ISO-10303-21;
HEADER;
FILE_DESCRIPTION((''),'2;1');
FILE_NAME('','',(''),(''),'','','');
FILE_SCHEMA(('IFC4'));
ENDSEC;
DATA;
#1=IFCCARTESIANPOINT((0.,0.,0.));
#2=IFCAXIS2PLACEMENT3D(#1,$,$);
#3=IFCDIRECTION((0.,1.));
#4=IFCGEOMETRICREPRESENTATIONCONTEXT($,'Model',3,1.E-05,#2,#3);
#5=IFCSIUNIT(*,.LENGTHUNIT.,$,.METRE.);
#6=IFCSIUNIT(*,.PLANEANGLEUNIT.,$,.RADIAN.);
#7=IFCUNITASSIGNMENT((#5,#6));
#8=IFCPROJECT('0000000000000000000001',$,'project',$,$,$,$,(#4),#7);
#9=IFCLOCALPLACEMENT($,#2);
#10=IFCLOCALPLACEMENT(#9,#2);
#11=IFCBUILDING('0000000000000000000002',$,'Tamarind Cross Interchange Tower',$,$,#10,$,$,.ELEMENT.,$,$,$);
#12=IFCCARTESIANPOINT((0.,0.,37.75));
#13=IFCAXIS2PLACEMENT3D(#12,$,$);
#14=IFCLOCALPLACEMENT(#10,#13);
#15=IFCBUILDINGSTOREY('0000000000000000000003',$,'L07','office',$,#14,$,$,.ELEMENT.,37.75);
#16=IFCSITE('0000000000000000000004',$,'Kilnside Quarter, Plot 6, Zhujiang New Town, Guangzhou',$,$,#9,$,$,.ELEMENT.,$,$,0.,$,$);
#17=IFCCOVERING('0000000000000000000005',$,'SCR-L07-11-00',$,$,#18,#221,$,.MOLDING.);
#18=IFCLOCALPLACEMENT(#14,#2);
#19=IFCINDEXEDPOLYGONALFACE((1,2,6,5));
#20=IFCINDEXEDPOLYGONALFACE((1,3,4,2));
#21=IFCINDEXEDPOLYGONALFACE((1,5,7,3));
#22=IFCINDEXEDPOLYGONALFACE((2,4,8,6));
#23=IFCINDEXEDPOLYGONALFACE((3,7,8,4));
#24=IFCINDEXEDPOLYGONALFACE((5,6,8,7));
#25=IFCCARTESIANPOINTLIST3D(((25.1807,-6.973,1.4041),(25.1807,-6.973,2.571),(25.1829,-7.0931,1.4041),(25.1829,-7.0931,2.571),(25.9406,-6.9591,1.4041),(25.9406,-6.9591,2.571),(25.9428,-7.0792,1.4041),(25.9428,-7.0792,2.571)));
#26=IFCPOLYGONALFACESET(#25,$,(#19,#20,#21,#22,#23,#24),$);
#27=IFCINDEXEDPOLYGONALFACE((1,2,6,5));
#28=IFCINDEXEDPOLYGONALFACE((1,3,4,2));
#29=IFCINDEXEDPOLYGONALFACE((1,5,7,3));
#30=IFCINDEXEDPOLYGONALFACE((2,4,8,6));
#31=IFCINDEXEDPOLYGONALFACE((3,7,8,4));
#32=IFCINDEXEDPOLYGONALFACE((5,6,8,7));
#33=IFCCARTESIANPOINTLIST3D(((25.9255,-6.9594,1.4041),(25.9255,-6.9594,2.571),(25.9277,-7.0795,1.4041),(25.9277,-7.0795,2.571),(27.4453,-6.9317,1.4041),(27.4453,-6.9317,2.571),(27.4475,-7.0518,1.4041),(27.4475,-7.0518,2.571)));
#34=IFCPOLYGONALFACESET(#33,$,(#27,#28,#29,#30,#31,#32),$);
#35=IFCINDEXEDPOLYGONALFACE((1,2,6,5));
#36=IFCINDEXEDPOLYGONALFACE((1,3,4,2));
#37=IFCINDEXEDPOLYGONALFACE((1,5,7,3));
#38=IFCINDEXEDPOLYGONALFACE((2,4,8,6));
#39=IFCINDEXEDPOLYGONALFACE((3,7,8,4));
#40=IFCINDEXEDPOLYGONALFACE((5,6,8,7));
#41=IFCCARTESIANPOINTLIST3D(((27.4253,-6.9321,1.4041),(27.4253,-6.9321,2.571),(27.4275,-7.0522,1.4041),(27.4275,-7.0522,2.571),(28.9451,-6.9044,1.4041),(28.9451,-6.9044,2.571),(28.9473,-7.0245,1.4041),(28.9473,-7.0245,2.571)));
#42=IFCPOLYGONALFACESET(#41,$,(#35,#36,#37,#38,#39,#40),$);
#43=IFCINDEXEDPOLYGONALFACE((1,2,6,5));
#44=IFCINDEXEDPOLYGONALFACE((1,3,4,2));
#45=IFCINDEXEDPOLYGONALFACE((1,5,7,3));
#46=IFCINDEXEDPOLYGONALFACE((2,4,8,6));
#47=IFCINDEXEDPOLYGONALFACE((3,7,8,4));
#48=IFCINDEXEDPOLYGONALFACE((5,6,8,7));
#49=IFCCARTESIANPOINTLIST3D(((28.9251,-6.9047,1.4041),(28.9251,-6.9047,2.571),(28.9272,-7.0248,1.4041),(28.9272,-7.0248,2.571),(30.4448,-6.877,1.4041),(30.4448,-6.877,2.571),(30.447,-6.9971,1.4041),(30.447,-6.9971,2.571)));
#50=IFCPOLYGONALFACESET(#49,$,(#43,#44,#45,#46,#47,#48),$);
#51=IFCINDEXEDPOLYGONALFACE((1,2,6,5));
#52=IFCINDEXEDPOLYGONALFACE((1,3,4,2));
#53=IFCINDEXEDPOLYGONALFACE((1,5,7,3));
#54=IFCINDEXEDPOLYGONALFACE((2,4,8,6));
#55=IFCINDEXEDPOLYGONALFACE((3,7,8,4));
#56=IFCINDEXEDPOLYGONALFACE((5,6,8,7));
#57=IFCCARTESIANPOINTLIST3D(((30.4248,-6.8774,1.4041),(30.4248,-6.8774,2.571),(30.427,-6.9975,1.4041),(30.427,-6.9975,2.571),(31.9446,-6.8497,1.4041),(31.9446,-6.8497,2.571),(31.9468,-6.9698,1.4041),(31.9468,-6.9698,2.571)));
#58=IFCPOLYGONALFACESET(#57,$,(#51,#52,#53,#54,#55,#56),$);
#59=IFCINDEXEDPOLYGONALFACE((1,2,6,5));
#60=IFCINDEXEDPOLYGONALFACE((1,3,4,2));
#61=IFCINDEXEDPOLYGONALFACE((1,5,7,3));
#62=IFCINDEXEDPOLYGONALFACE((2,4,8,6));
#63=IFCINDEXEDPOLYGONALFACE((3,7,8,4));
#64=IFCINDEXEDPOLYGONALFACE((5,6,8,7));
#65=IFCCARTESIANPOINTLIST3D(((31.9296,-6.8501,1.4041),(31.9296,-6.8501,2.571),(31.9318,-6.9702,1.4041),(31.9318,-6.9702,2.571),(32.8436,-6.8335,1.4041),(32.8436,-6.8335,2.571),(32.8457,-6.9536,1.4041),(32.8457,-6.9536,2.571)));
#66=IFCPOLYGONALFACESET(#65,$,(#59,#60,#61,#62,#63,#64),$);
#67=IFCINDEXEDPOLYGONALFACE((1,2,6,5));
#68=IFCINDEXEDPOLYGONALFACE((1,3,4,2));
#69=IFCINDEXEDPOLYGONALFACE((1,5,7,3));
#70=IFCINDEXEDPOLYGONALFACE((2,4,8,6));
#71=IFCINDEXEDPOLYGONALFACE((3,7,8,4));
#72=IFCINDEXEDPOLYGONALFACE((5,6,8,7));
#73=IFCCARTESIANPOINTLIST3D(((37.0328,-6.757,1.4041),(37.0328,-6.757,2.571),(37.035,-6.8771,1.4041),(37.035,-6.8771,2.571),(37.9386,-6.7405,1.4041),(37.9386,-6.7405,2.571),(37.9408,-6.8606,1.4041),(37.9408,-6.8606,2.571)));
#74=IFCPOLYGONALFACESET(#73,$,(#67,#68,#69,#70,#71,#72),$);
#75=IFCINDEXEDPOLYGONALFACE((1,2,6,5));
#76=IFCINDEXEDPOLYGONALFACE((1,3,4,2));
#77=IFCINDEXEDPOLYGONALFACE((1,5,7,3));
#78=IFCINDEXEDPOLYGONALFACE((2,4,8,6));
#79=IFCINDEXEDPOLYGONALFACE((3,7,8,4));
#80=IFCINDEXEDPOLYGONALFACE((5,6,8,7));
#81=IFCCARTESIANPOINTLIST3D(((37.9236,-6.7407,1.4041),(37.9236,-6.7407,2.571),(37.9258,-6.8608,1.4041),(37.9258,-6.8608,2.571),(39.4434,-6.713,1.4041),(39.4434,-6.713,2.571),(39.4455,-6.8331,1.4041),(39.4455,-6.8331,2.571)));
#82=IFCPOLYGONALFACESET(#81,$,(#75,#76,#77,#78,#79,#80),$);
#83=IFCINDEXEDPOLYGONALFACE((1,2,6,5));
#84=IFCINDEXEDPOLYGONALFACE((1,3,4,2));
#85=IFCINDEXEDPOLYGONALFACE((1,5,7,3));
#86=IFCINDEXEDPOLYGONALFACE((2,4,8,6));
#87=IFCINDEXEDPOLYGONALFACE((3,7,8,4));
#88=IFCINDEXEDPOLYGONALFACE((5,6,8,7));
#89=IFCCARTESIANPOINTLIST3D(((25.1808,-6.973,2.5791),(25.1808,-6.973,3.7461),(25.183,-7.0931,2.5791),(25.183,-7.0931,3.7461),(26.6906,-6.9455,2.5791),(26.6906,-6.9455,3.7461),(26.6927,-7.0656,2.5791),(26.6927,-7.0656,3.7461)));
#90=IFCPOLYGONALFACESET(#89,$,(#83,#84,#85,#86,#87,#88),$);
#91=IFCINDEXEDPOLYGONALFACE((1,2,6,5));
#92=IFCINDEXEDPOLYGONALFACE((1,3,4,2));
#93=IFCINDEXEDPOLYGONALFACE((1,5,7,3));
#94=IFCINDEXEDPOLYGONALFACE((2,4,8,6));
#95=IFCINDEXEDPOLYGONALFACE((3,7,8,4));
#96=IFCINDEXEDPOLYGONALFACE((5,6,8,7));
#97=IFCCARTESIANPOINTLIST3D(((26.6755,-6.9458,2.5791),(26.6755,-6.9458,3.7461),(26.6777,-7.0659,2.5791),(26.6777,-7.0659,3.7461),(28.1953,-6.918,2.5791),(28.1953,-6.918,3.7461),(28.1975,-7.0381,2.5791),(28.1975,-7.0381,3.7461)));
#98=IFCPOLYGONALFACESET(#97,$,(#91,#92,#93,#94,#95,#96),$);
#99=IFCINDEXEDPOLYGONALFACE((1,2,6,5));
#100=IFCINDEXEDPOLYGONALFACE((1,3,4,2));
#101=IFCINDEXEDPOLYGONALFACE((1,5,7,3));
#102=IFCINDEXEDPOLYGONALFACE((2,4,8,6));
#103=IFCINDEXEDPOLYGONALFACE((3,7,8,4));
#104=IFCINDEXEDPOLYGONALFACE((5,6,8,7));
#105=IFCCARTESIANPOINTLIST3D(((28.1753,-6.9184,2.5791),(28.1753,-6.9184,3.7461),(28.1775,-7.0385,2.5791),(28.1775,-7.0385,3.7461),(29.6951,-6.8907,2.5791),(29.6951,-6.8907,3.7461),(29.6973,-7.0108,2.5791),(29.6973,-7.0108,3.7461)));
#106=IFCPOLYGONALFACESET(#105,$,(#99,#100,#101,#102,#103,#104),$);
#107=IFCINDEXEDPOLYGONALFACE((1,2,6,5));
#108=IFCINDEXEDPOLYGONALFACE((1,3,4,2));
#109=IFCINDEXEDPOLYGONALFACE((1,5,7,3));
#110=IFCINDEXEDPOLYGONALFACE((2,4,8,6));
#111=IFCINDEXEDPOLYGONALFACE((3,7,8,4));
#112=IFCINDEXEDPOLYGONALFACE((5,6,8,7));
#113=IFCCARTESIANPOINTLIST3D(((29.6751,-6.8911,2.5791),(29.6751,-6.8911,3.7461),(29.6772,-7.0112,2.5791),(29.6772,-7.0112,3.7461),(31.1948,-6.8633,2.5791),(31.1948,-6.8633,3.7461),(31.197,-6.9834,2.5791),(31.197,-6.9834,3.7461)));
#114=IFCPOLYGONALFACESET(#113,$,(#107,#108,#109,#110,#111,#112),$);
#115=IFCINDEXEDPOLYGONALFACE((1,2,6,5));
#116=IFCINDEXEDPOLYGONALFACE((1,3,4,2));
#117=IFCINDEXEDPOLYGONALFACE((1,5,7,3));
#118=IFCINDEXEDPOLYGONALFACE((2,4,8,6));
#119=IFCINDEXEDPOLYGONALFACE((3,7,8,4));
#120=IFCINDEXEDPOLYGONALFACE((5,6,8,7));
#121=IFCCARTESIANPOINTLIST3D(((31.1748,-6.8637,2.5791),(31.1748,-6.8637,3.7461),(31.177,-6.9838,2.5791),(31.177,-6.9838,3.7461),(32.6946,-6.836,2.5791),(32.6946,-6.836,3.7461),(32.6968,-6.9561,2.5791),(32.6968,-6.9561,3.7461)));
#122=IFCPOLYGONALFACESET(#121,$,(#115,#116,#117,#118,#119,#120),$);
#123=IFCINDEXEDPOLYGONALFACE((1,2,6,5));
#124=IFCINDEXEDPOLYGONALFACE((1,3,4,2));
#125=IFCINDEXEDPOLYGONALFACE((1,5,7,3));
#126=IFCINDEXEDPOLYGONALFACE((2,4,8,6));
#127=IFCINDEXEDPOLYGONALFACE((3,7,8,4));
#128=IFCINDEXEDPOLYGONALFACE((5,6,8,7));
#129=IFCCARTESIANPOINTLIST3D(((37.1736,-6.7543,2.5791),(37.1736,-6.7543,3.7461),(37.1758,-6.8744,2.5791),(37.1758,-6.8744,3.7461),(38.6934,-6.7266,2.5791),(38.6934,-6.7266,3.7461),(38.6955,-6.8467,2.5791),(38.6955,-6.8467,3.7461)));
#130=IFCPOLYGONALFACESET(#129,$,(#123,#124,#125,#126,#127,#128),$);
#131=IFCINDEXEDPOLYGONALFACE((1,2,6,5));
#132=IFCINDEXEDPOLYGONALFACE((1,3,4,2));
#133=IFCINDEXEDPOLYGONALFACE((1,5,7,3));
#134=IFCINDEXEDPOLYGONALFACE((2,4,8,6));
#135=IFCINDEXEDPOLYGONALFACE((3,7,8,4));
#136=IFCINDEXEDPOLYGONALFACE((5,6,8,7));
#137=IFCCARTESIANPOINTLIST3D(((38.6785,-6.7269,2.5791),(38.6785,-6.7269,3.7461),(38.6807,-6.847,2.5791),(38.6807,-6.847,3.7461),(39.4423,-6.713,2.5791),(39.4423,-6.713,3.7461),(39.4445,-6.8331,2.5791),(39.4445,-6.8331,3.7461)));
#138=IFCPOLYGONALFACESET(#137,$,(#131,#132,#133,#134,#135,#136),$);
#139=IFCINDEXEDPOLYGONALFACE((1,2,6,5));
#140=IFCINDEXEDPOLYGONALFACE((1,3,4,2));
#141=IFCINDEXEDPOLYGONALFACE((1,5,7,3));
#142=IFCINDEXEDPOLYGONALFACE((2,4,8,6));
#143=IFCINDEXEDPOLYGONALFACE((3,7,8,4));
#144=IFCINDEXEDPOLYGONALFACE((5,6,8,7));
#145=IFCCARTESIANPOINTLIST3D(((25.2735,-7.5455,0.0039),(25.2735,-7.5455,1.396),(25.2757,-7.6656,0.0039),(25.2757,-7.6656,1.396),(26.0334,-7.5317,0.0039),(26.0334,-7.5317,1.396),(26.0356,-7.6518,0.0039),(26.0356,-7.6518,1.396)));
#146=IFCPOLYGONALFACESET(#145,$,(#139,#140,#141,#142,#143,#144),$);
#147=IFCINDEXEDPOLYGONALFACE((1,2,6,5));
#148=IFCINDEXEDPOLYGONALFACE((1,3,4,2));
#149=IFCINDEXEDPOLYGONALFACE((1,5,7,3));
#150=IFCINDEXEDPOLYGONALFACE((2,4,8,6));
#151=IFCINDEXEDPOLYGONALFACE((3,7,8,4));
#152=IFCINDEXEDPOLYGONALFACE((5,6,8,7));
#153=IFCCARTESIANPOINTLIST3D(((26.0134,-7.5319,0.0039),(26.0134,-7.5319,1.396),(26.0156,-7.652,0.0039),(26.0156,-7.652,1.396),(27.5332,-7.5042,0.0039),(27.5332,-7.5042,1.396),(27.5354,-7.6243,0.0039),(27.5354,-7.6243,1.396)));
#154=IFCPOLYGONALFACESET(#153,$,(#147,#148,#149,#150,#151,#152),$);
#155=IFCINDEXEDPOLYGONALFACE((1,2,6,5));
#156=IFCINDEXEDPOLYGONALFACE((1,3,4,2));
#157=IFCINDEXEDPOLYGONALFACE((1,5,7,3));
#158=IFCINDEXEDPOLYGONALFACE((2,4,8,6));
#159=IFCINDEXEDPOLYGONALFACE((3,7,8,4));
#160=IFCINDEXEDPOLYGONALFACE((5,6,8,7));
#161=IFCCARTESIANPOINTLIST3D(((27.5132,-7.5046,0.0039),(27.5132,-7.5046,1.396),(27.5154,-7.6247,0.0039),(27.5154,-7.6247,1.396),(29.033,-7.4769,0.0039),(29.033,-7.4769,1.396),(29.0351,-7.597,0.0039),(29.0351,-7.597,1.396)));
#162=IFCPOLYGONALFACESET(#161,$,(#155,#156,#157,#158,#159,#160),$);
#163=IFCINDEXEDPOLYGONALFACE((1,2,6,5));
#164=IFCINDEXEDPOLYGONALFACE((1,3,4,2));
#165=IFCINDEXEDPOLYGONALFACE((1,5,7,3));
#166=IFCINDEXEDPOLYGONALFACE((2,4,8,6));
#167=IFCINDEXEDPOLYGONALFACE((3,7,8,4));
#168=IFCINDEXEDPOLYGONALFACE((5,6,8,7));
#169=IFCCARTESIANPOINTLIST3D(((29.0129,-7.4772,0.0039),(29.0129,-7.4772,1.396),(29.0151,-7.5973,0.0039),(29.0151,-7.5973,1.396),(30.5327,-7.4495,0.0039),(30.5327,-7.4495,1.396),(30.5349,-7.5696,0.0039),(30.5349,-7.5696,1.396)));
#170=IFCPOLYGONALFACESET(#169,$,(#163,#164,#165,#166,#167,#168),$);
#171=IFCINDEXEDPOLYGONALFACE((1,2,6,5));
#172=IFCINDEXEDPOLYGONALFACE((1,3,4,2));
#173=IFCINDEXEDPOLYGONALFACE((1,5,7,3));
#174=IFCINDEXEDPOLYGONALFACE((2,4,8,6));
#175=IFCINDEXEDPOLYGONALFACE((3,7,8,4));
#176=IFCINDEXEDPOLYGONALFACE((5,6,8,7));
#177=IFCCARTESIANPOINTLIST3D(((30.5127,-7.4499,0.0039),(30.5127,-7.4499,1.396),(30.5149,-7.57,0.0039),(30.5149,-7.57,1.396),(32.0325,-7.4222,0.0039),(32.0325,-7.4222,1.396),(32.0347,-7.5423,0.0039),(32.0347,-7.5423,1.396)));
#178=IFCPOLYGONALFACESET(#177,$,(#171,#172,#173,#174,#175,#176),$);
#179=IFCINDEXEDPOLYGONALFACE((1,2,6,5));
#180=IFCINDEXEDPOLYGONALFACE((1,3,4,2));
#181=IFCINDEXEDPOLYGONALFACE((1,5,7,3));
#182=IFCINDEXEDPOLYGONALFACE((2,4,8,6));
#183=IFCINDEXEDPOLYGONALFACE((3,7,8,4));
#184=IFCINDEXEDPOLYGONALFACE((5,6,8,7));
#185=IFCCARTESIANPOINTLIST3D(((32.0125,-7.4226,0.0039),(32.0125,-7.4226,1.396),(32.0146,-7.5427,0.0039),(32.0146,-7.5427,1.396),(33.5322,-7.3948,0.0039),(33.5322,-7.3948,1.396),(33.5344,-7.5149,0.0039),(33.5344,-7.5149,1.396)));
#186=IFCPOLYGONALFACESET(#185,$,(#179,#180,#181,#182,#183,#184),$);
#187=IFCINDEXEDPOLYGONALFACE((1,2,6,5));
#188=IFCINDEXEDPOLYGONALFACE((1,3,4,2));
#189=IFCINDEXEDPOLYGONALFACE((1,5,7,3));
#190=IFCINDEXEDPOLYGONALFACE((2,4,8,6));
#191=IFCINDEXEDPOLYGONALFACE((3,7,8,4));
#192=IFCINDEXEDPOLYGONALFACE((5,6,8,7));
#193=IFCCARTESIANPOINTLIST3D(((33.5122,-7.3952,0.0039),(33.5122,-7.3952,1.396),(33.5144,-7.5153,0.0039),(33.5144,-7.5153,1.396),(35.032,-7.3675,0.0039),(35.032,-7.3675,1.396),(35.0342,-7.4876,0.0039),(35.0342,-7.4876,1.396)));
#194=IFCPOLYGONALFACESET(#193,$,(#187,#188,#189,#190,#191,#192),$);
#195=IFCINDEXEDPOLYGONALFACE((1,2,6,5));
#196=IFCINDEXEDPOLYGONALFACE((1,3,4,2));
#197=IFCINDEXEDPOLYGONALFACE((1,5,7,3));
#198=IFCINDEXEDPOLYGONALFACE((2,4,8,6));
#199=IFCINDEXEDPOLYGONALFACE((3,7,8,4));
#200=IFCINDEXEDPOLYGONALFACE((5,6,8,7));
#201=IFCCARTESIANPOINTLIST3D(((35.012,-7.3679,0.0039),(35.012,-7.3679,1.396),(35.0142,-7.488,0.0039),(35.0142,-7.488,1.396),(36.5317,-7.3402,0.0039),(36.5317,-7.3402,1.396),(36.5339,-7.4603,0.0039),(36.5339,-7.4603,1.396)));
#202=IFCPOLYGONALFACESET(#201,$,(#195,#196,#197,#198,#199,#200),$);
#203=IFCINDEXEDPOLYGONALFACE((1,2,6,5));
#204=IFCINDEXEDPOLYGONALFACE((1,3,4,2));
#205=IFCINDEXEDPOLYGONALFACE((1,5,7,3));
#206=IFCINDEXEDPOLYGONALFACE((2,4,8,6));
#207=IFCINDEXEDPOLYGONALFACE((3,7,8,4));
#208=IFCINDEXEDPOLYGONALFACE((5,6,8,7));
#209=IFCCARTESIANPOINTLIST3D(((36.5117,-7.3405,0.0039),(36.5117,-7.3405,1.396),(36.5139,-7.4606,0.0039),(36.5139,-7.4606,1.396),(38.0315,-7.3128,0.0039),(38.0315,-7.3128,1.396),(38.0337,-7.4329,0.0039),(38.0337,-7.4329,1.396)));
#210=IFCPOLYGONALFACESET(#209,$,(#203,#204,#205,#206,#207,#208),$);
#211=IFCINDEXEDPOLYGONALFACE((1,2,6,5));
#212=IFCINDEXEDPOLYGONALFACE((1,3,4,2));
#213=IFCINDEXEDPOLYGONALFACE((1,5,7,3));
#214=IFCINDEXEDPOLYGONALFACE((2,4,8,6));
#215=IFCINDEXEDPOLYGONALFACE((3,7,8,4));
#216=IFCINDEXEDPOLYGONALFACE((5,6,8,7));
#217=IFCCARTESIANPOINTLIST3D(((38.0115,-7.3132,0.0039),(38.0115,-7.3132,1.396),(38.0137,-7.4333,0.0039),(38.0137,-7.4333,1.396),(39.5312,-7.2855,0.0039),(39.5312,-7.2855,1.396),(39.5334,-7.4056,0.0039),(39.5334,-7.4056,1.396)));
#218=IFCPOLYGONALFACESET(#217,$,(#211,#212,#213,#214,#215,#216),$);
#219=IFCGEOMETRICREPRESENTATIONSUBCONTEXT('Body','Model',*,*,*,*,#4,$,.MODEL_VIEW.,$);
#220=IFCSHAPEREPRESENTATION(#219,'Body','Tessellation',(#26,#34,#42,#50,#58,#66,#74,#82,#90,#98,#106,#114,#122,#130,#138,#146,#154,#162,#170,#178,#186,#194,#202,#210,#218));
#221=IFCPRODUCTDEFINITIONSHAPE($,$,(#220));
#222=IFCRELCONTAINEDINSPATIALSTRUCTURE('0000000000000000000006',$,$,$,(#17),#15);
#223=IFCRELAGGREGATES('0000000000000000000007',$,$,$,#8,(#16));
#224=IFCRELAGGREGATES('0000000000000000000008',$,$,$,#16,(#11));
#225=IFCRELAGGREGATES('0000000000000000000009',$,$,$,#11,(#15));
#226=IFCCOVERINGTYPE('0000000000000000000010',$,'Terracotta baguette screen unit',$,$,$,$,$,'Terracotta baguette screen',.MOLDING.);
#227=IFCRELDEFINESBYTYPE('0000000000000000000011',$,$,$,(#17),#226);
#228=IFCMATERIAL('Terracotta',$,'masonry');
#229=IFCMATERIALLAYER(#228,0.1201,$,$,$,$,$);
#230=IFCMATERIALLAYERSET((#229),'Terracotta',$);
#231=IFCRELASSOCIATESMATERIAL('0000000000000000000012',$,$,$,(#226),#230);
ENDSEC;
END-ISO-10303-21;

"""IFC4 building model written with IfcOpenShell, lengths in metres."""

from ifc_helpers import new_model, si_unit, direction, frame, origin, origin_2d, place, context, subcontext, project, spatial, rectangle, extrude, material, layer, layer_set, type_object, element, save


model = new_model("IFC4")

# Units and contexts
model_context = context("Model", 3, precision=1e-05, world=origin(), true_north=direction((0.0, 1.0)))
body_context = subcontext(model_context, "Body", "Model", "MODEL_VIEW")
ifc_project = project(units=[si_unit("LENGTHUNIT", "METRE"), si_unit("PLANEANGLEUNIT", "RADIAN")], contexts=[model_context])

# Site, building, storey
site_placement = place(None, origin())
site = spatial("IfcSite", under=ifc_project, at=site_placement, Name="Kilnside Quarter, Plot 6, Zhujiang New Town, Guangzhou", CompositionType="ELEMENT", RefElevation=0.0)
building_placement = place(site_placement, origin())
building = spatial("IfcBuilding", under=site, at=building_placement, Name="Tamarind Cross Interchange Tower", CompositionType="ELEMENT")
storey_placement = place(building_placement, frame((0.0, 0.0, 37.75)))
storey = spatial("IfcBuildingStorey", under=building, at=storey_placement, Name="L07", Description="office", CompositionType="ELEMENT", Elevation=37.75)

# Covering
ifc_material_1 = material(Name="Terracotta", Category="masonry")
ifc_layer_1 = layer(ifc_material_1, 0.1201)
ifc_layer_set_1 = layer_set([ifc_layer_1], Name="Terracotta")
covering_type = type_object("IfcCoveringType", Name="Terracotta baguette screen unit", ElementType="Terracotta baguette screen", PredefinedType="MOLDING", material=ifc_layer_set_1)
covering_1_placement = place(storey_placement, origin())
element("IfcCovering", 1, at=covering_1_placement, inside=storey, type_object=covering_type, Name="SCR-L07-11-00", PredefinedType="MOLDING", context=body_context, shape_type="SweptSolid", body=[
    extrude(rectangle(XDim=0.76, YDim=0.1201, at=origin_2d()), frame((25.5618, -7.0261, 1.4041), z_axis=(0.0, 0.0, 1.0), x_axis=(0.999834, 0.018234, 0.0)), (0.0, 0.0, 1.0), 1.167),
    extrude(rectangle(XDim=1.52, YDim=0.1201, at=origin_2d()), frame((26.6865, -7.0056, 1.4041), z_axis=(0.0, 0.0, 1.0), x_axis=(0.999834, 0.018234, 0.0)), (0.0, 0.0, 1.0), 1.167),
    extrude(rectangle(XDim=1.52, YDim=0.1201, at=origin_2d()), frame((28.1863, -6.9783, 1.4041), z_axis=(0.0, 0.0, 1.0), x_axis=(0.999834, 0.018234, 0.0)), (0.0, 0.0, 1.0), 1.167),
    extrude(rectangle(XDim=1.52, YDim=0.1201, at=origin_2d()), frame((29.686, -6.9509, 1.4041), z_axis=(0.0, 0.0, 1.0), x_axis=(0.999834, 0.018234, 0.0)), (0.0, 0.0, 1.0), 1.167),
    extrude(rectangle(XDim=1.52, YDim=0.1201, at=origin_2d()), frame((31.1858, -6.9236, 1.4041), z_axis=(0.0, 0.0, 1.0), x_axis=(0.999834, 0.018234, 0.0)), (0.0, 0.0, 1.0), 1.167),
    extrude(rectangle(XDim=0.9141, YDim=0.1201, at=origin_2d()), frame((32.3877, -6.9019, 1.4041), z_axis=(0.0, 0.0, 1.0), x_axis=(0.999834, 0.018234, 0.0)), (0.0, 0.0, 1.0), 1.167),
    extrude(rectangle(XDim=0.906, YDim=0.1201, at=origin_2d()), frame((37.4868, -6.8088, 1.4041), z_axis=(0.0, 0.0, 1.0), x_axis=(0.999834, 0.018234, 0.0)), (0.0, 0.0, 1.0), 1.167),
    extrude(rectangle(XDim=1.52, YDim=0.1201, at=origin_2d()), frame((38.6846, -6.7869, 1.4041), z_axis=(0.0, 0.0, 1.0), x_axis=(0.999834, 0.018234, 0.0)), (0.0, 0.0, 1.0), 1.167),
    extrude(rectangle(XDim=1.51, YDim=0.1201, at=origin_2d()), frame((25.9368, -7.0193, 2.5791), z_axis=(0.0, 0.0, 1.0), x_axis=(0.999834, 0.018234, 0.0)), (0.0, 0.0, 1.0), 1.167),
    extrude(rectangle(XDim=1.52, YDim=0.1201, at=origin_2d()), frame((27.4365, -6.9919, 2.5791), z_axis=(0.0, 0.0, 1.0), x_axis=(0.999834, 0.018234, 0.0)), (0.0, 0.0, 1.0), 1.167),
    extrude(rectangle(XDim=1.52, YDim=0.1201, at=origin_2d()), frame((28.9363, -6.9646, 2.5791), z_axis=(0.0, 0.0, 1.0), x_axis=(0.999834, 0.018234, 0.0)), (0.0, 0.0, 1.0), 1.167),
    extrude(rectangle(XDim=1.52, YDim=0.1201, at=origin_2d()), frame((30.436, -6.9373, 2.5791), z_axis=(0.0, 0.0, 1.0), x_axis=(0.999834, 0.018234, 0.0)), (0.0, 0.0, 1.0), 1.167),
    extrude(rectangle(XDim=1.52, YDim=0.1201, at=origin_2d()), frame((31.9358, -6.9099, 2.5791), z_axis=(0.0, 0.0, 1.0), x_axis=(0.999834, 0.018234, 0.0)), (0.0, 0.0, 1.0), 1.167),
    extrude(rectangle(XDim=1.52, YDim=0.1201, at=origin_2d()), frame((37.9346, -6.8005, 2.5791), z_axis=(0.0, 0.0, 1.0), x_axis=(0.999834, 0.018234, 0.0)), (0.0, 0.0, 1.0), 1.167),
    extrude(rectangle(XDim=0.7639, YDim=0.1201, at=origin_2d()), frame((39.0615, -6.78, 2.5791), z_axis=(0.0, 0.0, 1.0), x_axis=(0.999834, 0.018234, 0.0)), (0.0, 0.0, 1.0), 1.167),
    extrude(rectangle(XDim=0.76, YDim=0.1201, at=origin_2d()), frame((25.6545, -7.5986, 0.0039), z_axis=(0.0, 0.0, 1.0), x_axis=(0.999834, 0.018234, 0.0)), (0.0, 0.0, 1.0), 1.3921),
    extrude(rectangle(XDim=1.52, YDim=0.1201, at=origin_2d()), frame((26.7744, -7.5781, 0.0039), z_axis=(0.0, 0.0, 1.0), x_axis=(0.999834, 0.018234, 0.0)), (0.0, 0.0, 1.0), 1.3921),
    extrude(rectangle(XDim=1.52, YDim=0.1201, at=origin_2d()), frame((28.2742, -7.5508, 0.0039), z_axis=(0.0, 0.0, 1.0), x_axis=(0.999834, 0.018234, 0.0)), (0.0, 0.0, 1.0), 1.3921),
    extrude(rectangle(XDim=1.52, YDim=0.1201, at=origin_2d()), frame((29.7739, -7.5234, 0.0039), z_axis=(0.0, 0.0, 1.0), x_axis=(0.999834, 0.018234, 0.0)), (0.0, 0.0, 1.0), 1.3921),
    extrude(rectangle(XDim=1.52, YDim=0.1201, at=origin_2d()), frame((31.2737, -7.4961, 0.0039), z_axis=(0.0, 0.0, 1.0), x_axis=(0.999834, 0.018234, 0.0)), (0.0, 0.0, 1.0), 1.3921),
    extrude(rectangle(XDim=1.52, YDim=0.1201, at=origin_2d()), frame((32.7734, -7.4688, 0.0039), z_axis=(0.0, 0.0, 1.0), x_axis=(0.999834, 0.018234, 0.0)), (0.0, 0.0, 1.0), 1.3921),
    extrude(rectangle(XDim=1.52, YDim=0.1201, at=origin_2d()), frame((34.2732, -7.4414, 0.0039), z_axis=(0.0, 0.0, 1.0), x_axis=(0.999834, 0.018234, 0.0)), (0.0, 0.0, 1.0), 1.3921),
    extrude(rectangle(XDim=1.52, YDim=0.1201, at=origin_2d()), frame((35.7729, -7.4141, 0.0039), z_axis=(0.0, 0.0, 1.0), x_axis=(0.999834, 0.018234, 0.0)), (0.0, 0.0, 1.0), 1.3921),
    extrude(rectangle(XDim=1.52, YDim=0.1201, at=origin_2d()), frame((37.2727, -7.3867, 0.0039), z_axis=(0.0, 0.0, 1.0), x_axis=(0.999834, 0.018234, 0.0)), (0.0, 0.0, 1.0), 1.3921),
    extrude(rectangle(XDim=1.52, YDim=0.1201, at=origin_2d()), frame((38.7725, -7.3594, 0.0039), z_axis=(0.0, 0.0, 1.0), x_axis=(0.999834, 0.018234, 0.0)), (0.0, 0.0, 1.0), 1.3921),
])

save(model, "model.ifc")
